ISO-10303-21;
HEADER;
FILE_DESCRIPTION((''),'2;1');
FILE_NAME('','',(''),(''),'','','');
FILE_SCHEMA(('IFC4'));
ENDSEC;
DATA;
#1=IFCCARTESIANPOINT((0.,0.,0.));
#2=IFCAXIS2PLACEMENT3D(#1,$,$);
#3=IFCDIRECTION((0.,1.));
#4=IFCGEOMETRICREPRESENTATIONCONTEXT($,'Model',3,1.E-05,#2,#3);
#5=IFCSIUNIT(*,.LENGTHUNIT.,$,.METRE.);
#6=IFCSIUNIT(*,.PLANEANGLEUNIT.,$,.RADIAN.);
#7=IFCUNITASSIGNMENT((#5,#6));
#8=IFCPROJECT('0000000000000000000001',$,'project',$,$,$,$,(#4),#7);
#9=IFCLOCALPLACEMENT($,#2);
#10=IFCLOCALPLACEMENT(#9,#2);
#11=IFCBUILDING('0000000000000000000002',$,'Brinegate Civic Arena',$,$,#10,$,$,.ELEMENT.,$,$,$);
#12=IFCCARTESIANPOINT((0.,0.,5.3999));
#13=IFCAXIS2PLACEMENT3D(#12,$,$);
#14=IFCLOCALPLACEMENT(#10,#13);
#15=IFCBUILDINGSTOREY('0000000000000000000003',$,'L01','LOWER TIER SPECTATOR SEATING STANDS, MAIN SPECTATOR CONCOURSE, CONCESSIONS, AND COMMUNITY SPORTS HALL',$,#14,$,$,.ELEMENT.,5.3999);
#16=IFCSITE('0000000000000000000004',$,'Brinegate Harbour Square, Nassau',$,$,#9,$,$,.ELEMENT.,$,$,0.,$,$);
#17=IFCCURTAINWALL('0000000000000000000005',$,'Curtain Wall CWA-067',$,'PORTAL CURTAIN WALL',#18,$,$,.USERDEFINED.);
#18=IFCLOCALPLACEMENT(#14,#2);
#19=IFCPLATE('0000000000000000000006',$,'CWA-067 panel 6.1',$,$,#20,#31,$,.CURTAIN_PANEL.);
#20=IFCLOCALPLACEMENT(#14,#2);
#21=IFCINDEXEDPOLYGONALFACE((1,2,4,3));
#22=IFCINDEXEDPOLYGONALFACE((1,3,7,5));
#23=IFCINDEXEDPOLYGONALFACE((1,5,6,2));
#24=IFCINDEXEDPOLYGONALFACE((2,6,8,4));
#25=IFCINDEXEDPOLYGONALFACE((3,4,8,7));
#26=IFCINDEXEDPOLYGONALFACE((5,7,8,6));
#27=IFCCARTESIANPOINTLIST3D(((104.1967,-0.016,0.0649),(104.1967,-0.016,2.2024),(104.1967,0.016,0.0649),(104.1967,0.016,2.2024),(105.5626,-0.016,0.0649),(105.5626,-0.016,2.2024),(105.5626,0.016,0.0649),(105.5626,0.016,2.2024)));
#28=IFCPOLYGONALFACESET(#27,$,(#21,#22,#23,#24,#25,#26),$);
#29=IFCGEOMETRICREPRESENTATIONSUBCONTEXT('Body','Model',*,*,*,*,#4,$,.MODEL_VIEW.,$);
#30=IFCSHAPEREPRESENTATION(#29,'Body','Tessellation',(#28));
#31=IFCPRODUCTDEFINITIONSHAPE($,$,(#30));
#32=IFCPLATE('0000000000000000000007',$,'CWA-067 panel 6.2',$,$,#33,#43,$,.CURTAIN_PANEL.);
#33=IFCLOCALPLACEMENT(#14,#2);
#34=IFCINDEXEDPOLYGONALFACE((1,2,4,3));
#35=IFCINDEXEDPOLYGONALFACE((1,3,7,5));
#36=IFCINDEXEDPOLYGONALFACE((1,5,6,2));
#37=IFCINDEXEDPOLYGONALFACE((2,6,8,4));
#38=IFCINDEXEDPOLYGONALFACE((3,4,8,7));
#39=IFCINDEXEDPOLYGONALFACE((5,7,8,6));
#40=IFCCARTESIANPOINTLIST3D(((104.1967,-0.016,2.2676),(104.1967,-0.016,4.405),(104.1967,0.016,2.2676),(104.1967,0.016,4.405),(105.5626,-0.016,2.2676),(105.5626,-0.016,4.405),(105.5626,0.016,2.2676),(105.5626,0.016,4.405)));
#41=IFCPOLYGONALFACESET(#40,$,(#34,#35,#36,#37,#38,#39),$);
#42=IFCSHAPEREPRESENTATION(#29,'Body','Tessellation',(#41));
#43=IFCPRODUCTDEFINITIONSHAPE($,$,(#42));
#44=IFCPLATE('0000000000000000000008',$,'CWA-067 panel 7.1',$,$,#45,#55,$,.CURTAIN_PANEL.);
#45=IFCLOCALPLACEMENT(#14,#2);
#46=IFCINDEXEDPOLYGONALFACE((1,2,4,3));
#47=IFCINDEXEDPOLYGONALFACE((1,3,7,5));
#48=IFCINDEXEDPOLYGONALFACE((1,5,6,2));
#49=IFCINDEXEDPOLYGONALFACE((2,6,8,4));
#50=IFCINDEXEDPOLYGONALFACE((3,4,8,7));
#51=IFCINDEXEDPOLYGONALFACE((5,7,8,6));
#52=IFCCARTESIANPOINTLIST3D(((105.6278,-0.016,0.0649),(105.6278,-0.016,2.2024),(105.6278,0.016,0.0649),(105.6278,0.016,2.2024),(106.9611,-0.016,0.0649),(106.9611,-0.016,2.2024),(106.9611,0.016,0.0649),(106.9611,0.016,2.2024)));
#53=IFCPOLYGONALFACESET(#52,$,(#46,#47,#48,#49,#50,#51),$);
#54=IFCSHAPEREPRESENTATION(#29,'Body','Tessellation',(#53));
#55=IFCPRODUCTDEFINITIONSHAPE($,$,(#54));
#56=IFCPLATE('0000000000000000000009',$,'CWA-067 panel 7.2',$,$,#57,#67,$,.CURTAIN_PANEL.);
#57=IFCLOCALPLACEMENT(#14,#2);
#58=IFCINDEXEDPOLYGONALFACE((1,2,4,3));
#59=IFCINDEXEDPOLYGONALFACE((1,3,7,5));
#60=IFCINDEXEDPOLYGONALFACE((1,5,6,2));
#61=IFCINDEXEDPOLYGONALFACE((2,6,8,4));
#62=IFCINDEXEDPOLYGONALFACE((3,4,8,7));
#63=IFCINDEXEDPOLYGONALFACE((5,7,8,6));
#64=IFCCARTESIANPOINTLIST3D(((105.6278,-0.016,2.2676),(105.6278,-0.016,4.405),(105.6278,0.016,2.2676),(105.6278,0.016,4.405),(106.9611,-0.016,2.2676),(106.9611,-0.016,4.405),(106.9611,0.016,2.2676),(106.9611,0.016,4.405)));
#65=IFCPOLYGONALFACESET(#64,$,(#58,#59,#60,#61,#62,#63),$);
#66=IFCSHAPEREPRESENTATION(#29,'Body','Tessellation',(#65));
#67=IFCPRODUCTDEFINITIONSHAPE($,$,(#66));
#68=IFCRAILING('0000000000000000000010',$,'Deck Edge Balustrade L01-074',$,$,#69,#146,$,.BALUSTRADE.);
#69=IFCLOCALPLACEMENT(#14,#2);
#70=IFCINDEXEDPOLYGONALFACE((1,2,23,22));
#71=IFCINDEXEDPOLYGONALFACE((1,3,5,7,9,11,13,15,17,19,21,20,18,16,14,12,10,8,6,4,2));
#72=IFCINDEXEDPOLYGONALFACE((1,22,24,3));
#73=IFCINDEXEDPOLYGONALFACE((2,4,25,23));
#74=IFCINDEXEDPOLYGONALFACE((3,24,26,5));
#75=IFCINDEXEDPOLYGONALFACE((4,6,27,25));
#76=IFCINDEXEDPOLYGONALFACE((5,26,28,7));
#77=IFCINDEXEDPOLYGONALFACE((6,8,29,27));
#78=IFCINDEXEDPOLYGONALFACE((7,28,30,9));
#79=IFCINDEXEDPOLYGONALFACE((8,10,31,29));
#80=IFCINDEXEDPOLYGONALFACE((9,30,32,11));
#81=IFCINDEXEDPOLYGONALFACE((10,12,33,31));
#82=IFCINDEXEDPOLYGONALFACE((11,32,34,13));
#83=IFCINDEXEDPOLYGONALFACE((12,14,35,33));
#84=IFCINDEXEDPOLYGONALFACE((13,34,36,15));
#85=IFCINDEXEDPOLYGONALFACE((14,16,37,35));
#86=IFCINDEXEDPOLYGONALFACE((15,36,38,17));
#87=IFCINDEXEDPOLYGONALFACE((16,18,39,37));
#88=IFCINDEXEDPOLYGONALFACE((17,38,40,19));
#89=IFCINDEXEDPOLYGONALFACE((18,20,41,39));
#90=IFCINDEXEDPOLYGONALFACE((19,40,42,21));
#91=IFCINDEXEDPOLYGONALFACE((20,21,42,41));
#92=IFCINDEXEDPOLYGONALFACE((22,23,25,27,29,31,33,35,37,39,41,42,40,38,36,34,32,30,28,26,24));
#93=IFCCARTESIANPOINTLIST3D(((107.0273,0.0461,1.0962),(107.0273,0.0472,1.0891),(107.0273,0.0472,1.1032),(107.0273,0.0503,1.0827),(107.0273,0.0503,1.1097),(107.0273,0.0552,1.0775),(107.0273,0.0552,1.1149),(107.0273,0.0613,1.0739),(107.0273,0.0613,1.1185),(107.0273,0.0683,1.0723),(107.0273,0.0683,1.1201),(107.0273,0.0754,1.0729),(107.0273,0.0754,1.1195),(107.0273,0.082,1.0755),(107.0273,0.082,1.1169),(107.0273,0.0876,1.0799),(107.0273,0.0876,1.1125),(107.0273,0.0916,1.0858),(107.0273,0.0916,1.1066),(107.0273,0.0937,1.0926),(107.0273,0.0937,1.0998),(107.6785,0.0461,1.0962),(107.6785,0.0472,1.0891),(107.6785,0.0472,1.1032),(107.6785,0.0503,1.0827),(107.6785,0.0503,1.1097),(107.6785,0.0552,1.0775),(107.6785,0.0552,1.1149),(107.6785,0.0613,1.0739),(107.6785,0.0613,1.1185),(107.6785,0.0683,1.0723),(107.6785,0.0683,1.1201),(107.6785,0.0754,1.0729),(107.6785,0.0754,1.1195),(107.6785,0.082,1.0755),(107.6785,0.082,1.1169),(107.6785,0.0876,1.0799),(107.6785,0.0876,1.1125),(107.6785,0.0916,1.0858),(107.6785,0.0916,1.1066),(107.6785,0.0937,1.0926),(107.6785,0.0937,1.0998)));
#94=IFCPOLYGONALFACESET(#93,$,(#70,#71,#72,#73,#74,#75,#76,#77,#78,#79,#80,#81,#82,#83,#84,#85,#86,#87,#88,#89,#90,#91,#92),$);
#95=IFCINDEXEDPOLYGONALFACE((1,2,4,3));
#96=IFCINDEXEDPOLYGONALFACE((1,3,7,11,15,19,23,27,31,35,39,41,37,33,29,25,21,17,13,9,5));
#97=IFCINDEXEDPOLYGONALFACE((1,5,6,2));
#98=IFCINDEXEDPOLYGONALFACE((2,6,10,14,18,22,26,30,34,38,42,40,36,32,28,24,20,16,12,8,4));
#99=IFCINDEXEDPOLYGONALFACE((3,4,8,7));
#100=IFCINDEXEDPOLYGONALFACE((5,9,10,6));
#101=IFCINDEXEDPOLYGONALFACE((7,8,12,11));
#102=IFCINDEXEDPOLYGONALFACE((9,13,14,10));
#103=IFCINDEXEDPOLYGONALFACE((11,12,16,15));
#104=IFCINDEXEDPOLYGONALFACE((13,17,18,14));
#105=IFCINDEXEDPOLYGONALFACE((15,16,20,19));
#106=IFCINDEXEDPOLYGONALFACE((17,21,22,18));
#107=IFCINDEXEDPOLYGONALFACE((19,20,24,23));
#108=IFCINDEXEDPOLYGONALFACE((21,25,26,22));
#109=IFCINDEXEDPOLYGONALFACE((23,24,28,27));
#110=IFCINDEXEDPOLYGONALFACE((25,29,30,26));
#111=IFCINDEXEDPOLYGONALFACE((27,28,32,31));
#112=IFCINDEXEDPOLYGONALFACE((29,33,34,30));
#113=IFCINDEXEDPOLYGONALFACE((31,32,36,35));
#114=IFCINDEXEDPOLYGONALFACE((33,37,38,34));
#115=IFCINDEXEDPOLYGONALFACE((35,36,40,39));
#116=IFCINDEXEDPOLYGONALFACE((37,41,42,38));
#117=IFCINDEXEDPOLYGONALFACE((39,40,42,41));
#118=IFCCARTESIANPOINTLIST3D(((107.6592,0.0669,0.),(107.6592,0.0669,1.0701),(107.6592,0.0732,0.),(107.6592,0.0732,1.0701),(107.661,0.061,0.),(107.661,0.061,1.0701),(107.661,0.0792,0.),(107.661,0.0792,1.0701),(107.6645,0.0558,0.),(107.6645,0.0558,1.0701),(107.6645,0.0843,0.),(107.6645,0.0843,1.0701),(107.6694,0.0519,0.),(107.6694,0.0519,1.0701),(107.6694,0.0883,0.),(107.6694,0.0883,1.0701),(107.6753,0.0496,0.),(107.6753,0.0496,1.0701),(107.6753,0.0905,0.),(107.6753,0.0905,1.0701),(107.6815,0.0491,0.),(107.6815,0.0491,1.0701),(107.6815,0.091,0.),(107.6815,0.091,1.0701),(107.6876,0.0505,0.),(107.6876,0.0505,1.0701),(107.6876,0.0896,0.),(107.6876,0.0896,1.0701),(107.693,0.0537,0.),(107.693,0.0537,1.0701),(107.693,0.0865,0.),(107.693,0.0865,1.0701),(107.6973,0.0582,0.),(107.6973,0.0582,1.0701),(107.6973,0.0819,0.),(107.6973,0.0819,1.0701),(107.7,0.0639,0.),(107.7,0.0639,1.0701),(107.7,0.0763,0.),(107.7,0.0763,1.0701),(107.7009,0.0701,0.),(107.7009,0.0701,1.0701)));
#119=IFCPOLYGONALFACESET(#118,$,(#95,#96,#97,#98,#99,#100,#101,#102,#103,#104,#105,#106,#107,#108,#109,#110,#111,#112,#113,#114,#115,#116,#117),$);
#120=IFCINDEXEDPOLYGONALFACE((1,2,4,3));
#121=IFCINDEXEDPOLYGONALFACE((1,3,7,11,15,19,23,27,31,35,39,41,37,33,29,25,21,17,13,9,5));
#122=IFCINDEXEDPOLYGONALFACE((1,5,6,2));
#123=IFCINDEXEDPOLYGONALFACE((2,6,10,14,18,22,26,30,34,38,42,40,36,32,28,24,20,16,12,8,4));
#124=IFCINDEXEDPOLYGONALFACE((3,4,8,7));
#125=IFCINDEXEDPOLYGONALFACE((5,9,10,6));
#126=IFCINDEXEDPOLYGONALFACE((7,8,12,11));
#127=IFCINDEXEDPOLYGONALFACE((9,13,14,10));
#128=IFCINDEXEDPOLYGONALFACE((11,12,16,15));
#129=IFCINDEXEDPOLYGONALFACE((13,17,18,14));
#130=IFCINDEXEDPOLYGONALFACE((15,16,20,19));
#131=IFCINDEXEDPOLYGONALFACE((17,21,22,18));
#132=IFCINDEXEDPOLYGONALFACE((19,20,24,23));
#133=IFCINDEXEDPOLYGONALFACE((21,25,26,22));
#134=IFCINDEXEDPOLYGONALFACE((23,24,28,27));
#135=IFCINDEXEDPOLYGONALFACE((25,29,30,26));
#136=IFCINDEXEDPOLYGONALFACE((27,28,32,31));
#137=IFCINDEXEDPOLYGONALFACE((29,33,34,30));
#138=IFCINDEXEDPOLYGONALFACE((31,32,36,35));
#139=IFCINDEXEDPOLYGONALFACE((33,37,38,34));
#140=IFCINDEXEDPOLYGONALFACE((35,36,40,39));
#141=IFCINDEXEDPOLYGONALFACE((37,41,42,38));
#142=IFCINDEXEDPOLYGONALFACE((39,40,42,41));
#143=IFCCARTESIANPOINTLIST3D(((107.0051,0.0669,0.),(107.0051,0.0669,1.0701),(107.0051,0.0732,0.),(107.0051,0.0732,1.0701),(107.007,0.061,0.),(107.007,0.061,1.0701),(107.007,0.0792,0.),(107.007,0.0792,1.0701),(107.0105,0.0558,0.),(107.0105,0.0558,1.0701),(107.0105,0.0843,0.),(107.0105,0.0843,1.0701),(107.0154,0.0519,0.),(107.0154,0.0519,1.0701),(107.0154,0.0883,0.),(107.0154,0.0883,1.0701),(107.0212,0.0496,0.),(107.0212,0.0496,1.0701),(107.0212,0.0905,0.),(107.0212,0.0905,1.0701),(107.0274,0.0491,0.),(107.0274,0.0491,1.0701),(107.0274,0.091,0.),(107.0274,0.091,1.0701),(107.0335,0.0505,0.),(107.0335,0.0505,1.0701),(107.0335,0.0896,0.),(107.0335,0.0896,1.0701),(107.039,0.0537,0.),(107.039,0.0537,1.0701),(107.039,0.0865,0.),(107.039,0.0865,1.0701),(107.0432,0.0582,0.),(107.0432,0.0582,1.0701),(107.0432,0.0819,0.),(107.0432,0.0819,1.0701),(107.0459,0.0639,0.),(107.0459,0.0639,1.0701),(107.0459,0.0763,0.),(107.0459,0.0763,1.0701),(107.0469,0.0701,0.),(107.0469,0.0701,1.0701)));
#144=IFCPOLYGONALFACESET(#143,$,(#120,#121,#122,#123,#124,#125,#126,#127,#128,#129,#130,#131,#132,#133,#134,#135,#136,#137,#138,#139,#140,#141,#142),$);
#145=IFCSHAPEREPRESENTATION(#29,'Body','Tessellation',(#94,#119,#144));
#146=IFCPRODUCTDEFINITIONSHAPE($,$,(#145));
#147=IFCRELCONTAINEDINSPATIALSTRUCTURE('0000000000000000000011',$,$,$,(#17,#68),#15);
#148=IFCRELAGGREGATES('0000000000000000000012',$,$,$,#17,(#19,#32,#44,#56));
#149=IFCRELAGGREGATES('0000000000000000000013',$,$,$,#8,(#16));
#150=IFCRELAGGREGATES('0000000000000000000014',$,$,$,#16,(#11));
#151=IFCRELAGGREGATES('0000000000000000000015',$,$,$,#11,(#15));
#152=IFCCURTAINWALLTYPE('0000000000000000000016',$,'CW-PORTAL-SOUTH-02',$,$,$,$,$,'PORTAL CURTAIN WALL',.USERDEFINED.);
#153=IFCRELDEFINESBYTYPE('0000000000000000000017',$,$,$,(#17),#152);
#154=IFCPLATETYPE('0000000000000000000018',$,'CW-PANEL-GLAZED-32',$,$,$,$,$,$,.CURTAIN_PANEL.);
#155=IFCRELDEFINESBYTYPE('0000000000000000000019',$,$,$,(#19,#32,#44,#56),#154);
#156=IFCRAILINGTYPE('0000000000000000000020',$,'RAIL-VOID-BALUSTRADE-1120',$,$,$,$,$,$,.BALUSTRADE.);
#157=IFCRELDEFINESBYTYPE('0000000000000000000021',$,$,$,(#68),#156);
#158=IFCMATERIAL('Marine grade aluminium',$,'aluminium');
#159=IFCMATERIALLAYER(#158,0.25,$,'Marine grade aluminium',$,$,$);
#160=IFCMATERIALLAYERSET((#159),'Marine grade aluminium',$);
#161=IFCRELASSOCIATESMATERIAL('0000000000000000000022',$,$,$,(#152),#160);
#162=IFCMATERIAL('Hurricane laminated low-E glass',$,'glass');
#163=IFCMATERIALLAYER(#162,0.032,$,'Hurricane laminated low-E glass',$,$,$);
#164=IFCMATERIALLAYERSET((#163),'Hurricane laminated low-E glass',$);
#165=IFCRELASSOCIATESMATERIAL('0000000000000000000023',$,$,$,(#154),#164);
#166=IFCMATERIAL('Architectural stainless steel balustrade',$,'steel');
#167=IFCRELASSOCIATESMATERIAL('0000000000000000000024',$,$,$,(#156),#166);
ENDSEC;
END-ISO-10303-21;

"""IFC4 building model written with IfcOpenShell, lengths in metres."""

from ifc_helpers import new_model, si_unit, direction, frame, origin, origin_2d, place, context, subcontext, project, spatial, rectangle, circle, extrude, material, layer, layer_set, type_object, element, aggregate, save


model = new_model("IFC4")

# Units and contexts
model_context = context("Model", 3, precision=1e-05, world=origin(), true_north=direction((0.0, 1.0)))
body_context = subcontext(model_context, "Body", "Model", "MODEL_VIEW")
ifc_project = project(units=[si_unit("LENGTHUNIT", "METRE"), si_unit("PLANEANGLEUNIT", "RADIAN")], contexts=[model_context])

# Site, building, storey
site_placement = place(None, origin())
site = spatial("IfcSite", under=ifc_project, at=site_placement, Name="Brinegate Harbour Square, Nassau", CompositionType="ELEMENT", RefElevation=0.0)
building_placement = place(site_placement, origin())
building = spatial("IfcBuilding", under=site, at=building_placement, Name="Brinegate Civic Arena", CompositionType="ELEMENT")
storey_placement = place(building_placement, frame((0.0, 0.0, 5.3999)))
storey = spatial("IfcBuildingStorey", under=building, at=storey_placement, Name="L01", Description="LOWER TIER SPECTATOR SEATING STANDS, MAIN SPECTATOR CONCOURSE, CONCESSIONS, AND COMMUNITY SPORTS HALL", CompositionType="ELEMENT", Elevation=5.3999)

# Curtain wall, plates
ifc_material_1 = material(Name="Marine grade aluminium", Category="aluminium")
ifc_layer_1 = layer(ifc_material_1, 0.25, Name="Marine grade aluminium")
ifc_layer_set_1 = layer_set([ifc_layer_1], Name="Marine grade aluminium")
curtain_wall_type = type_object("IfcCurtainWallType", Name="CW-PORTAL-SOUTH-02", ElementType="PORTAL CURTAIN WALL", PredefinedType="USERDEFINED", material=ifc_layer_set_1)
curtain_wall_placement = place(storey_placement, origin())
curtain_wall = element("IfcCurtainWall", 1, at=curtain_wall_placement, inside=storey, type_object=curtain_wall_type, Name="Curtain Wall CWA-067", ObjectType="PORTAL CURTAIN WALL", PredefinedType="USERDEFINED")
ifc_material_2 = material(Name="Hurricane laminated low-E glass", Category="glass")
ifc_layer_2 = layer(ifc_material_2, 0.032, Name="Hurricane laminated low-E glass")
ifc_layer_set_2 = layer_set([ifc_layer_2], Name="Hurricane laminated low-E glass")
plate_type = type_object("IfcPlateType", Name="CW-PANEL-GLAZED-32", PredefinedType="CURTAIN_PANEL", material=ifc_layer_set_2)
plate_1_placement = place(storey_placement, frame((104.8796, 0.0, 0.0649), z_axis=(0.0, 0.0, 1.0), x_axis=(1.0, 0.0, 0.0)))
plate_1 = element("IfcPlate", 2, at=plate_1_placement, type_object=plate_type, Name="CWA-067 panel 6.1", PredefinedType="CURTAIN_PANEL", context=body_context, shape_type="SweptSolid", body=[
    extrude(rectangle(XDim=1.366, YDim=0.032, at=origin_2d()), origin(), (0.0, 0.0, 1.0), 2.1375),
])
plate_2_placement = place(storey_placement, frame((104.8796, 0.0, 2.2676), z_axis=(0.0, 0.0, 1.0), x_axis=(1.0, 0.0, 0.0)))
plate_2 = element("IfcPlate", 3, at=plate_2_placement, type_object=plate_type, Name="CWA-067 panel 6.2", PredefinedType="CURTAIN_PANEL", context=body_context, shape_type="SweptSolid", body=[
    extrude(rectangle(XDim=1.366, YDim=0.032, at=origin_2d()), origin(), (0.0, 0.0, 1.0), 2.1375),
])
plate_3_placement = place(storey_placement, frame((106.2944, 0.0, 0.0649), z_axis=(0.0, 0.0, 1.0), x_axis=(1.0, 0.0, 0.0)))
plate_3 = element("IfcPlate", 4, at=plate_3_placement, type_object=plate_type, Name="CWA-067 panel 7.1", PredefinedType="CURTAIN_PANEL", context=body_context, shape_type="SweptSolid", body=[
    extrude(rectangle(XDim=1.3333, YDim=0.032, at=origin_2d()), origin(), (0.0, 0.0, 1.0), 2.1375),
])
plate_4_placement = place(storey_placement, frame((106.2944, 0.0, 2.2676), z_axis=(0.0, 0.0, 1.0), x_axis=(1.0, 0.0, 0.0)))
plate_4 = element("IfcPlate", 5, at=plate_4_placement, type_object=plate_type, Name="CWA-067 panel 7.2", PredefinedType="CURTAIN_PANEL", context=body_context, shape_type="SweptSolid", body=[
    extrude(rectangle(XDim=1.3333, YDim=0.032, at=origin_2d()), origin(), (0.0, 0.0, 1.0), 2.1375),
])
aggregate(curtain_wall, [plate_1, plate_2, plate_3, plate_4])

# Railing
ifc_material_3 = material(Name="Architectural stainless steel balustrade", Category="steel")
railing_type = type_object("IfcRailingType", Name="RAIL-VOID-BALUSTRADE-1120", PredefinedType="BALUSTRADE", material=ifc_material_3)
railing_placement = place(storey_placement, frame((107.6799, 0.0701, 0.0)))
element("IfcRailing", 6, at=railing_placement, inside=storey, type_object=railing_type, Name="Deck Edge Balustrade L01-074", PredefinedType="BALUSTRADE", context=body_context, shape_type="SweptSolid", body=[
    extrude(circle(Radius=0.0239, at=origin_2d()), frame((-0.0015, 0.0, 1.0962), z_axis=(-1.0, 0.0, 0.0), x_axis=(0.0, -1.0, 0.0)), (0.0, 0.0, 1.0), 0.6511),
    extrude(circle(Radius=0.021, at=origin_2d()), origin(), (0.0, 0.0, 1.0), 1.0701),
    extrude(circle(Radius=0.021, at=origin_2d()), frame((-0.6541, 0.0, 0.0)), (0.0, 0.0, 1.0), 1.0701),
])

save(model, "model.ifc")
